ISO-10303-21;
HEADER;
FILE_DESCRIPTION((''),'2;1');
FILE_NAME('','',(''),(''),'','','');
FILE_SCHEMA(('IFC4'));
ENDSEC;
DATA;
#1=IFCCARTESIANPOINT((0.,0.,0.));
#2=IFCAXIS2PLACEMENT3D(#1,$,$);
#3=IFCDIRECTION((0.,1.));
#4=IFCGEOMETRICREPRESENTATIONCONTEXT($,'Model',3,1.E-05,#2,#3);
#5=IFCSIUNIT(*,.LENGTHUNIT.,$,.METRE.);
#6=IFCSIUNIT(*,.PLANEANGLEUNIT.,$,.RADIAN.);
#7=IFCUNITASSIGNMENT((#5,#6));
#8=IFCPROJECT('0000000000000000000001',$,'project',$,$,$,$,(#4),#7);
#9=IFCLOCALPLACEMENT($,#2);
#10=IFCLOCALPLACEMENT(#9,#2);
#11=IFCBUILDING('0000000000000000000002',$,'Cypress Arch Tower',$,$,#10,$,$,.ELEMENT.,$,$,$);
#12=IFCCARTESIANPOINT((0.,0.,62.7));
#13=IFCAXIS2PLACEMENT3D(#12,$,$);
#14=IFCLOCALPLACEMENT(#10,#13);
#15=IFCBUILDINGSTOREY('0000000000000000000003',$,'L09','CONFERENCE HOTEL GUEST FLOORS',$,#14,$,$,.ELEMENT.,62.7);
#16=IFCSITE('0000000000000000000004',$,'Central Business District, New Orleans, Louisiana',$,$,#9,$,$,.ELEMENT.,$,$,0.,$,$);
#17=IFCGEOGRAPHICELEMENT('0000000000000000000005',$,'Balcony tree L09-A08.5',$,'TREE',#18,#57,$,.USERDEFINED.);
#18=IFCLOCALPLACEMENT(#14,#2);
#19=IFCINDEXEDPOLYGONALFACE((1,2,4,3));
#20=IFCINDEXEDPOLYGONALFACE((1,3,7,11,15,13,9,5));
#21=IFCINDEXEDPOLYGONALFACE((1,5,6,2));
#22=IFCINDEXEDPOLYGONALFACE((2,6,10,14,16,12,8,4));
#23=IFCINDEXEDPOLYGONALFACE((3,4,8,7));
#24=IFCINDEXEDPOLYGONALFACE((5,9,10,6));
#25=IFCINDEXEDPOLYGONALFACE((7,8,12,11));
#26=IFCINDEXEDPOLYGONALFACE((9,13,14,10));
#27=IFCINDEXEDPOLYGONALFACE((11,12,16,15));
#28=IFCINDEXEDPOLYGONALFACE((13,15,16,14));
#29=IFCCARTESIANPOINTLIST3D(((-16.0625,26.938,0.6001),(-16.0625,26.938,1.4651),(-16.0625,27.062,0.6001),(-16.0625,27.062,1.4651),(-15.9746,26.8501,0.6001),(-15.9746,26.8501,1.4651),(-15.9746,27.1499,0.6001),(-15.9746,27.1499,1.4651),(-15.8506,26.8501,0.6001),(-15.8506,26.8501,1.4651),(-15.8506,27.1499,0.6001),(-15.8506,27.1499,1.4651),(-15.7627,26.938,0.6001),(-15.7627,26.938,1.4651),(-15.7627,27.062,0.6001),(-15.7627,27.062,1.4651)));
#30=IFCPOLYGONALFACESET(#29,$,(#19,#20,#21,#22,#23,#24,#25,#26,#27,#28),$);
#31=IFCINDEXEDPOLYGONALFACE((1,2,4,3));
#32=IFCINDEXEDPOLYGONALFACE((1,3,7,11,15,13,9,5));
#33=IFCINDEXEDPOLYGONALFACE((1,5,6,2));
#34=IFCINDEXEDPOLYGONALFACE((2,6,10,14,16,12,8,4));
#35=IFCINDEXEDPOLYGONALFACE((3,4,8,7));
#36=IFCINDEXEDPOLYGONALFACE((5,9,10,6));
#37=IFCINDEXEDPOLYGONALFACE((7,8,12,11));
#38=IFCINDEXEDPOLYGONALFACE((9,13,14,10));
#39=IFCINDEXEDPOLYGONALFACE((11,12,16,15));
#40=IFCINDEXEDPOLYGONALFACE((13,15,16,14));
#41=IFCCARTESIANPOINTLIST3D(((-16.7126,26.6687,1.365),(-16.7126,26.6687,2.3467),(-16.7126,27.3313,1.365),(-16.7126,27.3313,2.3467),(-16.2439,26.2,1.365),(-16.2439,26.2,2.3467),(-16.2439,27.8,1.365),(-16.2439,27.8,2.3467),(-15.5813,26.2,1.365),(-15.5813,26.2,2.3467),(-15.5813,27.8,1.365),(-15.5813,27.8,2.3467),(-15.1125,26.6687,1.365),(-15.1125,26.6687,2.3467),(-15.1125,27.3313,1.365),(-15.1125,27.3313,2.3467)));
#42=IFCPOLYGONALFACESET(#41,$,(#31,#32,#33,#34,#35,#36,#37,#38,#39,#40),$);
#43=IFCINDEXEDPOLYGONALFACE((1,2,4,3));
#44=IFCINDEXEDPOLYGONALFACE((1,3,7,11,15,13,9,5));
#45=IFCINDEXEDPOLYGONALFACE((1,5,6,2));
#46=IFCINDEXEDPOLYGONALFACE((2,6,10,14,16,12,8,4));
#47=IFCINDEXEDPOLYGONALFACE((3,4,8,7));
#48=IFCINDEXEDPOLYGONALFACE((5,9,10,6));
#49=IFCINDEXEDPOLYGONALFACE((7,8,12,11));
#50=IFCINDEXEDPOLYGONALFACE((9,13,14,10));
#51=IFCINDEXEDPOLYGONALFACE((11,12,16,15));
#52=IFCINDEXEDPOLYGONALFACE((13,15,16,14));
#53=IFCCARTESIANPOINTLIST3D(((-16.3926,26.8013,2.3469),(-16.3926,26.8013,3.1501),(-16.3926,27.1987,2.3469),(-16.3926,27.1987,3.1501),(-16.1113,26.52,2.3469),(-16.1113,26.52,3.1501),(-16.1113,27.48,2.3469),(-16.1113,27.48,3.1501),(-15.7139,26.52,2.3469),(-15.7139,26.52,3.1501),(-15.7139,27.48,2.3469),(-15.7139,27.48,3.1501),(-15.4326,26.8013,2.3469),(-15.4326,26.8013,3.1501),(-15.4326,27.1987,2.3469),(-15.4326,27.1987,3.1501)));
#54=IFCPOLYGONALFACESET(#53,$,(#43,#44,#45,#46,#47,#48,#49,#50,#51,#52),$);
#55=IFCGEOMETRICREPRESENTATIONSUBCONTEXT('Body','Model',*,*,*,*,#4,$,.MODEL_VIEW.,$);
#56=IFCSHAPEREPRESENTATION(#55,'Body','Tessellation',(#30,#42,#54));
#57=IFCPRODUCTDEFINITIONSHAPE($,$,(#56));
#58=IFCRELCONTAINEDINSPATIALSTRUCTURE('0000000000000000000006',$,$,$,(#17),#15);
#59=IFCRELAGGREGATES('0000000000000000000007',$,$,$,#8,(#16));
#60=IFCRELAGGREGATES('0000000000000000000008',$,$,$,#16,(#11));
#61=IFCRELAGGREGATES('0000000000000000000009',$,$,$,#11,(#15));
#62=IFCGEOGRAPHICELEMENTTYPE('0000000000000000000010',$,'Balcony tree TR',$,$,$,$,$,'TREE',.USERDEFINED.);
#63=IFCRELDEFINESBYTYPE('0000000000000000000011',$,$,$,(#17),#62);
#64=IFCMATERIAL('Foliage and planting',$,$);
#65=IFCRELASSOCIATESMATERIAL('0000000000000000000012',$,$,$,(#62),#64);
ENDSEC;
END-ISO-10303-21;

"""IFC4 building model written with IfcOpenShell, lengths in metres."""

from ifc_helpers import new_model, si_unit, direction, frame, origin, place, context, subcontext, project, spatial, polyline, outline, extrude, material, type_object, element, save


model = new_model("IFC4")

# Units and contexts
model_context = context("Model", 3, precision=1e-05, world=origin(), true_north=direction((0.0, 1.0)))
body_context = subcontext(model_context, "Body", "Model", "MODEL_VIEW")
ifc_project = project(units=[si_unit("LENGTHUNIT", "METRE"), si_unit("PLANEANGLEUNIT", "RADIAN")], contexts=[model_context])

# Site, building, storey
site_placement = place(None, origin())
site = spatial("IfcSite", under=ifc_project, at=site_placement, Name="Central Business District, New Orleans, Louisiana", CompositionType="ELEMENT", RefElevation=0.0)
building_placement = place(site_placement, origin())
building = spatial("IfcBuilding", under=site, at=building_placement, Name="Cypress Arch Tower", CompositionType="ELEMENT")
storey_placement = place(building_placement, frame((0.0, 0.0, 62.7)))
storey = spatial("IfcBuildingStorey", under=building, at=storey_placement, Name="L09", Description="CONFERENCE HOTEL GUEST FLOORS", CompositionType="ELEMENT", Elevation=62.7)

# Geographic element
ifc_material_1 = material(Name="Foliage and planting")
geographic_element_type = type_object("IfcGeographicElementType", Name="Balcony tree TR", ElementType="TREE", PredefinedType="USERDEFINED", material=ifc_material_1)
geographic_element_placement = place(storey_placement, frame((-15.9126, 27.0, 0.6001), z_axis=(0.0, 0.0, 1.0), x_axis=(1.0, 0.0, 0.0)))
element("IfcGeographicElement", 1, at=geographic_element_placement, inside=storey, type_object=geographic_element_type, Name="Balcony tree L09-A08.5", ObjectType="TREE", PredefinedType="USERDEFINED", context=body_context, shape_type="SweptSolid", body=[
    extrude(outline(polyline([(0.1499, 0.062), (0.062, 0.1499), (-0.062, 0.1499), (-0.1499, 0.062), (-0.1499, -0.062), (-0.062, -0.1499), (0.062, -0.1499), (0.1499, -0.062), (0.1499, 0.062)])), origin(), (0.0, 0.0, 1.0), 0.865),
    extrude(outline(polyline([(0.8, 0.3313), (0.3313, 0.8), (-0.3313, 0.8), (-0.8, 0.3313), (-0.8, -0.3313), (-0.3313, -0.8), (0.3313, -0.8), (0.8, -0.3313), (0.8, 0.3313)])), frame((0.0, 0.0, 0.7649)), (0.0, 0.0, 1.0), 0.9817),
    extrude(outline(polyline([(0.48, 0.1987), (0.1987, 0.48), (-0.1987, 0.48), (-0.48, 0.1987), (-0.48, -0.1987), (-0.1987, -0.48), (0.1987, -0.48), (0.48, -0.1987), (0.48, 0.1987)])), frame((0.0, 0.0, 1.7468)), (0.0, 0.0, 1.0), 0.8032),
])

save(model, "model.ifc")
